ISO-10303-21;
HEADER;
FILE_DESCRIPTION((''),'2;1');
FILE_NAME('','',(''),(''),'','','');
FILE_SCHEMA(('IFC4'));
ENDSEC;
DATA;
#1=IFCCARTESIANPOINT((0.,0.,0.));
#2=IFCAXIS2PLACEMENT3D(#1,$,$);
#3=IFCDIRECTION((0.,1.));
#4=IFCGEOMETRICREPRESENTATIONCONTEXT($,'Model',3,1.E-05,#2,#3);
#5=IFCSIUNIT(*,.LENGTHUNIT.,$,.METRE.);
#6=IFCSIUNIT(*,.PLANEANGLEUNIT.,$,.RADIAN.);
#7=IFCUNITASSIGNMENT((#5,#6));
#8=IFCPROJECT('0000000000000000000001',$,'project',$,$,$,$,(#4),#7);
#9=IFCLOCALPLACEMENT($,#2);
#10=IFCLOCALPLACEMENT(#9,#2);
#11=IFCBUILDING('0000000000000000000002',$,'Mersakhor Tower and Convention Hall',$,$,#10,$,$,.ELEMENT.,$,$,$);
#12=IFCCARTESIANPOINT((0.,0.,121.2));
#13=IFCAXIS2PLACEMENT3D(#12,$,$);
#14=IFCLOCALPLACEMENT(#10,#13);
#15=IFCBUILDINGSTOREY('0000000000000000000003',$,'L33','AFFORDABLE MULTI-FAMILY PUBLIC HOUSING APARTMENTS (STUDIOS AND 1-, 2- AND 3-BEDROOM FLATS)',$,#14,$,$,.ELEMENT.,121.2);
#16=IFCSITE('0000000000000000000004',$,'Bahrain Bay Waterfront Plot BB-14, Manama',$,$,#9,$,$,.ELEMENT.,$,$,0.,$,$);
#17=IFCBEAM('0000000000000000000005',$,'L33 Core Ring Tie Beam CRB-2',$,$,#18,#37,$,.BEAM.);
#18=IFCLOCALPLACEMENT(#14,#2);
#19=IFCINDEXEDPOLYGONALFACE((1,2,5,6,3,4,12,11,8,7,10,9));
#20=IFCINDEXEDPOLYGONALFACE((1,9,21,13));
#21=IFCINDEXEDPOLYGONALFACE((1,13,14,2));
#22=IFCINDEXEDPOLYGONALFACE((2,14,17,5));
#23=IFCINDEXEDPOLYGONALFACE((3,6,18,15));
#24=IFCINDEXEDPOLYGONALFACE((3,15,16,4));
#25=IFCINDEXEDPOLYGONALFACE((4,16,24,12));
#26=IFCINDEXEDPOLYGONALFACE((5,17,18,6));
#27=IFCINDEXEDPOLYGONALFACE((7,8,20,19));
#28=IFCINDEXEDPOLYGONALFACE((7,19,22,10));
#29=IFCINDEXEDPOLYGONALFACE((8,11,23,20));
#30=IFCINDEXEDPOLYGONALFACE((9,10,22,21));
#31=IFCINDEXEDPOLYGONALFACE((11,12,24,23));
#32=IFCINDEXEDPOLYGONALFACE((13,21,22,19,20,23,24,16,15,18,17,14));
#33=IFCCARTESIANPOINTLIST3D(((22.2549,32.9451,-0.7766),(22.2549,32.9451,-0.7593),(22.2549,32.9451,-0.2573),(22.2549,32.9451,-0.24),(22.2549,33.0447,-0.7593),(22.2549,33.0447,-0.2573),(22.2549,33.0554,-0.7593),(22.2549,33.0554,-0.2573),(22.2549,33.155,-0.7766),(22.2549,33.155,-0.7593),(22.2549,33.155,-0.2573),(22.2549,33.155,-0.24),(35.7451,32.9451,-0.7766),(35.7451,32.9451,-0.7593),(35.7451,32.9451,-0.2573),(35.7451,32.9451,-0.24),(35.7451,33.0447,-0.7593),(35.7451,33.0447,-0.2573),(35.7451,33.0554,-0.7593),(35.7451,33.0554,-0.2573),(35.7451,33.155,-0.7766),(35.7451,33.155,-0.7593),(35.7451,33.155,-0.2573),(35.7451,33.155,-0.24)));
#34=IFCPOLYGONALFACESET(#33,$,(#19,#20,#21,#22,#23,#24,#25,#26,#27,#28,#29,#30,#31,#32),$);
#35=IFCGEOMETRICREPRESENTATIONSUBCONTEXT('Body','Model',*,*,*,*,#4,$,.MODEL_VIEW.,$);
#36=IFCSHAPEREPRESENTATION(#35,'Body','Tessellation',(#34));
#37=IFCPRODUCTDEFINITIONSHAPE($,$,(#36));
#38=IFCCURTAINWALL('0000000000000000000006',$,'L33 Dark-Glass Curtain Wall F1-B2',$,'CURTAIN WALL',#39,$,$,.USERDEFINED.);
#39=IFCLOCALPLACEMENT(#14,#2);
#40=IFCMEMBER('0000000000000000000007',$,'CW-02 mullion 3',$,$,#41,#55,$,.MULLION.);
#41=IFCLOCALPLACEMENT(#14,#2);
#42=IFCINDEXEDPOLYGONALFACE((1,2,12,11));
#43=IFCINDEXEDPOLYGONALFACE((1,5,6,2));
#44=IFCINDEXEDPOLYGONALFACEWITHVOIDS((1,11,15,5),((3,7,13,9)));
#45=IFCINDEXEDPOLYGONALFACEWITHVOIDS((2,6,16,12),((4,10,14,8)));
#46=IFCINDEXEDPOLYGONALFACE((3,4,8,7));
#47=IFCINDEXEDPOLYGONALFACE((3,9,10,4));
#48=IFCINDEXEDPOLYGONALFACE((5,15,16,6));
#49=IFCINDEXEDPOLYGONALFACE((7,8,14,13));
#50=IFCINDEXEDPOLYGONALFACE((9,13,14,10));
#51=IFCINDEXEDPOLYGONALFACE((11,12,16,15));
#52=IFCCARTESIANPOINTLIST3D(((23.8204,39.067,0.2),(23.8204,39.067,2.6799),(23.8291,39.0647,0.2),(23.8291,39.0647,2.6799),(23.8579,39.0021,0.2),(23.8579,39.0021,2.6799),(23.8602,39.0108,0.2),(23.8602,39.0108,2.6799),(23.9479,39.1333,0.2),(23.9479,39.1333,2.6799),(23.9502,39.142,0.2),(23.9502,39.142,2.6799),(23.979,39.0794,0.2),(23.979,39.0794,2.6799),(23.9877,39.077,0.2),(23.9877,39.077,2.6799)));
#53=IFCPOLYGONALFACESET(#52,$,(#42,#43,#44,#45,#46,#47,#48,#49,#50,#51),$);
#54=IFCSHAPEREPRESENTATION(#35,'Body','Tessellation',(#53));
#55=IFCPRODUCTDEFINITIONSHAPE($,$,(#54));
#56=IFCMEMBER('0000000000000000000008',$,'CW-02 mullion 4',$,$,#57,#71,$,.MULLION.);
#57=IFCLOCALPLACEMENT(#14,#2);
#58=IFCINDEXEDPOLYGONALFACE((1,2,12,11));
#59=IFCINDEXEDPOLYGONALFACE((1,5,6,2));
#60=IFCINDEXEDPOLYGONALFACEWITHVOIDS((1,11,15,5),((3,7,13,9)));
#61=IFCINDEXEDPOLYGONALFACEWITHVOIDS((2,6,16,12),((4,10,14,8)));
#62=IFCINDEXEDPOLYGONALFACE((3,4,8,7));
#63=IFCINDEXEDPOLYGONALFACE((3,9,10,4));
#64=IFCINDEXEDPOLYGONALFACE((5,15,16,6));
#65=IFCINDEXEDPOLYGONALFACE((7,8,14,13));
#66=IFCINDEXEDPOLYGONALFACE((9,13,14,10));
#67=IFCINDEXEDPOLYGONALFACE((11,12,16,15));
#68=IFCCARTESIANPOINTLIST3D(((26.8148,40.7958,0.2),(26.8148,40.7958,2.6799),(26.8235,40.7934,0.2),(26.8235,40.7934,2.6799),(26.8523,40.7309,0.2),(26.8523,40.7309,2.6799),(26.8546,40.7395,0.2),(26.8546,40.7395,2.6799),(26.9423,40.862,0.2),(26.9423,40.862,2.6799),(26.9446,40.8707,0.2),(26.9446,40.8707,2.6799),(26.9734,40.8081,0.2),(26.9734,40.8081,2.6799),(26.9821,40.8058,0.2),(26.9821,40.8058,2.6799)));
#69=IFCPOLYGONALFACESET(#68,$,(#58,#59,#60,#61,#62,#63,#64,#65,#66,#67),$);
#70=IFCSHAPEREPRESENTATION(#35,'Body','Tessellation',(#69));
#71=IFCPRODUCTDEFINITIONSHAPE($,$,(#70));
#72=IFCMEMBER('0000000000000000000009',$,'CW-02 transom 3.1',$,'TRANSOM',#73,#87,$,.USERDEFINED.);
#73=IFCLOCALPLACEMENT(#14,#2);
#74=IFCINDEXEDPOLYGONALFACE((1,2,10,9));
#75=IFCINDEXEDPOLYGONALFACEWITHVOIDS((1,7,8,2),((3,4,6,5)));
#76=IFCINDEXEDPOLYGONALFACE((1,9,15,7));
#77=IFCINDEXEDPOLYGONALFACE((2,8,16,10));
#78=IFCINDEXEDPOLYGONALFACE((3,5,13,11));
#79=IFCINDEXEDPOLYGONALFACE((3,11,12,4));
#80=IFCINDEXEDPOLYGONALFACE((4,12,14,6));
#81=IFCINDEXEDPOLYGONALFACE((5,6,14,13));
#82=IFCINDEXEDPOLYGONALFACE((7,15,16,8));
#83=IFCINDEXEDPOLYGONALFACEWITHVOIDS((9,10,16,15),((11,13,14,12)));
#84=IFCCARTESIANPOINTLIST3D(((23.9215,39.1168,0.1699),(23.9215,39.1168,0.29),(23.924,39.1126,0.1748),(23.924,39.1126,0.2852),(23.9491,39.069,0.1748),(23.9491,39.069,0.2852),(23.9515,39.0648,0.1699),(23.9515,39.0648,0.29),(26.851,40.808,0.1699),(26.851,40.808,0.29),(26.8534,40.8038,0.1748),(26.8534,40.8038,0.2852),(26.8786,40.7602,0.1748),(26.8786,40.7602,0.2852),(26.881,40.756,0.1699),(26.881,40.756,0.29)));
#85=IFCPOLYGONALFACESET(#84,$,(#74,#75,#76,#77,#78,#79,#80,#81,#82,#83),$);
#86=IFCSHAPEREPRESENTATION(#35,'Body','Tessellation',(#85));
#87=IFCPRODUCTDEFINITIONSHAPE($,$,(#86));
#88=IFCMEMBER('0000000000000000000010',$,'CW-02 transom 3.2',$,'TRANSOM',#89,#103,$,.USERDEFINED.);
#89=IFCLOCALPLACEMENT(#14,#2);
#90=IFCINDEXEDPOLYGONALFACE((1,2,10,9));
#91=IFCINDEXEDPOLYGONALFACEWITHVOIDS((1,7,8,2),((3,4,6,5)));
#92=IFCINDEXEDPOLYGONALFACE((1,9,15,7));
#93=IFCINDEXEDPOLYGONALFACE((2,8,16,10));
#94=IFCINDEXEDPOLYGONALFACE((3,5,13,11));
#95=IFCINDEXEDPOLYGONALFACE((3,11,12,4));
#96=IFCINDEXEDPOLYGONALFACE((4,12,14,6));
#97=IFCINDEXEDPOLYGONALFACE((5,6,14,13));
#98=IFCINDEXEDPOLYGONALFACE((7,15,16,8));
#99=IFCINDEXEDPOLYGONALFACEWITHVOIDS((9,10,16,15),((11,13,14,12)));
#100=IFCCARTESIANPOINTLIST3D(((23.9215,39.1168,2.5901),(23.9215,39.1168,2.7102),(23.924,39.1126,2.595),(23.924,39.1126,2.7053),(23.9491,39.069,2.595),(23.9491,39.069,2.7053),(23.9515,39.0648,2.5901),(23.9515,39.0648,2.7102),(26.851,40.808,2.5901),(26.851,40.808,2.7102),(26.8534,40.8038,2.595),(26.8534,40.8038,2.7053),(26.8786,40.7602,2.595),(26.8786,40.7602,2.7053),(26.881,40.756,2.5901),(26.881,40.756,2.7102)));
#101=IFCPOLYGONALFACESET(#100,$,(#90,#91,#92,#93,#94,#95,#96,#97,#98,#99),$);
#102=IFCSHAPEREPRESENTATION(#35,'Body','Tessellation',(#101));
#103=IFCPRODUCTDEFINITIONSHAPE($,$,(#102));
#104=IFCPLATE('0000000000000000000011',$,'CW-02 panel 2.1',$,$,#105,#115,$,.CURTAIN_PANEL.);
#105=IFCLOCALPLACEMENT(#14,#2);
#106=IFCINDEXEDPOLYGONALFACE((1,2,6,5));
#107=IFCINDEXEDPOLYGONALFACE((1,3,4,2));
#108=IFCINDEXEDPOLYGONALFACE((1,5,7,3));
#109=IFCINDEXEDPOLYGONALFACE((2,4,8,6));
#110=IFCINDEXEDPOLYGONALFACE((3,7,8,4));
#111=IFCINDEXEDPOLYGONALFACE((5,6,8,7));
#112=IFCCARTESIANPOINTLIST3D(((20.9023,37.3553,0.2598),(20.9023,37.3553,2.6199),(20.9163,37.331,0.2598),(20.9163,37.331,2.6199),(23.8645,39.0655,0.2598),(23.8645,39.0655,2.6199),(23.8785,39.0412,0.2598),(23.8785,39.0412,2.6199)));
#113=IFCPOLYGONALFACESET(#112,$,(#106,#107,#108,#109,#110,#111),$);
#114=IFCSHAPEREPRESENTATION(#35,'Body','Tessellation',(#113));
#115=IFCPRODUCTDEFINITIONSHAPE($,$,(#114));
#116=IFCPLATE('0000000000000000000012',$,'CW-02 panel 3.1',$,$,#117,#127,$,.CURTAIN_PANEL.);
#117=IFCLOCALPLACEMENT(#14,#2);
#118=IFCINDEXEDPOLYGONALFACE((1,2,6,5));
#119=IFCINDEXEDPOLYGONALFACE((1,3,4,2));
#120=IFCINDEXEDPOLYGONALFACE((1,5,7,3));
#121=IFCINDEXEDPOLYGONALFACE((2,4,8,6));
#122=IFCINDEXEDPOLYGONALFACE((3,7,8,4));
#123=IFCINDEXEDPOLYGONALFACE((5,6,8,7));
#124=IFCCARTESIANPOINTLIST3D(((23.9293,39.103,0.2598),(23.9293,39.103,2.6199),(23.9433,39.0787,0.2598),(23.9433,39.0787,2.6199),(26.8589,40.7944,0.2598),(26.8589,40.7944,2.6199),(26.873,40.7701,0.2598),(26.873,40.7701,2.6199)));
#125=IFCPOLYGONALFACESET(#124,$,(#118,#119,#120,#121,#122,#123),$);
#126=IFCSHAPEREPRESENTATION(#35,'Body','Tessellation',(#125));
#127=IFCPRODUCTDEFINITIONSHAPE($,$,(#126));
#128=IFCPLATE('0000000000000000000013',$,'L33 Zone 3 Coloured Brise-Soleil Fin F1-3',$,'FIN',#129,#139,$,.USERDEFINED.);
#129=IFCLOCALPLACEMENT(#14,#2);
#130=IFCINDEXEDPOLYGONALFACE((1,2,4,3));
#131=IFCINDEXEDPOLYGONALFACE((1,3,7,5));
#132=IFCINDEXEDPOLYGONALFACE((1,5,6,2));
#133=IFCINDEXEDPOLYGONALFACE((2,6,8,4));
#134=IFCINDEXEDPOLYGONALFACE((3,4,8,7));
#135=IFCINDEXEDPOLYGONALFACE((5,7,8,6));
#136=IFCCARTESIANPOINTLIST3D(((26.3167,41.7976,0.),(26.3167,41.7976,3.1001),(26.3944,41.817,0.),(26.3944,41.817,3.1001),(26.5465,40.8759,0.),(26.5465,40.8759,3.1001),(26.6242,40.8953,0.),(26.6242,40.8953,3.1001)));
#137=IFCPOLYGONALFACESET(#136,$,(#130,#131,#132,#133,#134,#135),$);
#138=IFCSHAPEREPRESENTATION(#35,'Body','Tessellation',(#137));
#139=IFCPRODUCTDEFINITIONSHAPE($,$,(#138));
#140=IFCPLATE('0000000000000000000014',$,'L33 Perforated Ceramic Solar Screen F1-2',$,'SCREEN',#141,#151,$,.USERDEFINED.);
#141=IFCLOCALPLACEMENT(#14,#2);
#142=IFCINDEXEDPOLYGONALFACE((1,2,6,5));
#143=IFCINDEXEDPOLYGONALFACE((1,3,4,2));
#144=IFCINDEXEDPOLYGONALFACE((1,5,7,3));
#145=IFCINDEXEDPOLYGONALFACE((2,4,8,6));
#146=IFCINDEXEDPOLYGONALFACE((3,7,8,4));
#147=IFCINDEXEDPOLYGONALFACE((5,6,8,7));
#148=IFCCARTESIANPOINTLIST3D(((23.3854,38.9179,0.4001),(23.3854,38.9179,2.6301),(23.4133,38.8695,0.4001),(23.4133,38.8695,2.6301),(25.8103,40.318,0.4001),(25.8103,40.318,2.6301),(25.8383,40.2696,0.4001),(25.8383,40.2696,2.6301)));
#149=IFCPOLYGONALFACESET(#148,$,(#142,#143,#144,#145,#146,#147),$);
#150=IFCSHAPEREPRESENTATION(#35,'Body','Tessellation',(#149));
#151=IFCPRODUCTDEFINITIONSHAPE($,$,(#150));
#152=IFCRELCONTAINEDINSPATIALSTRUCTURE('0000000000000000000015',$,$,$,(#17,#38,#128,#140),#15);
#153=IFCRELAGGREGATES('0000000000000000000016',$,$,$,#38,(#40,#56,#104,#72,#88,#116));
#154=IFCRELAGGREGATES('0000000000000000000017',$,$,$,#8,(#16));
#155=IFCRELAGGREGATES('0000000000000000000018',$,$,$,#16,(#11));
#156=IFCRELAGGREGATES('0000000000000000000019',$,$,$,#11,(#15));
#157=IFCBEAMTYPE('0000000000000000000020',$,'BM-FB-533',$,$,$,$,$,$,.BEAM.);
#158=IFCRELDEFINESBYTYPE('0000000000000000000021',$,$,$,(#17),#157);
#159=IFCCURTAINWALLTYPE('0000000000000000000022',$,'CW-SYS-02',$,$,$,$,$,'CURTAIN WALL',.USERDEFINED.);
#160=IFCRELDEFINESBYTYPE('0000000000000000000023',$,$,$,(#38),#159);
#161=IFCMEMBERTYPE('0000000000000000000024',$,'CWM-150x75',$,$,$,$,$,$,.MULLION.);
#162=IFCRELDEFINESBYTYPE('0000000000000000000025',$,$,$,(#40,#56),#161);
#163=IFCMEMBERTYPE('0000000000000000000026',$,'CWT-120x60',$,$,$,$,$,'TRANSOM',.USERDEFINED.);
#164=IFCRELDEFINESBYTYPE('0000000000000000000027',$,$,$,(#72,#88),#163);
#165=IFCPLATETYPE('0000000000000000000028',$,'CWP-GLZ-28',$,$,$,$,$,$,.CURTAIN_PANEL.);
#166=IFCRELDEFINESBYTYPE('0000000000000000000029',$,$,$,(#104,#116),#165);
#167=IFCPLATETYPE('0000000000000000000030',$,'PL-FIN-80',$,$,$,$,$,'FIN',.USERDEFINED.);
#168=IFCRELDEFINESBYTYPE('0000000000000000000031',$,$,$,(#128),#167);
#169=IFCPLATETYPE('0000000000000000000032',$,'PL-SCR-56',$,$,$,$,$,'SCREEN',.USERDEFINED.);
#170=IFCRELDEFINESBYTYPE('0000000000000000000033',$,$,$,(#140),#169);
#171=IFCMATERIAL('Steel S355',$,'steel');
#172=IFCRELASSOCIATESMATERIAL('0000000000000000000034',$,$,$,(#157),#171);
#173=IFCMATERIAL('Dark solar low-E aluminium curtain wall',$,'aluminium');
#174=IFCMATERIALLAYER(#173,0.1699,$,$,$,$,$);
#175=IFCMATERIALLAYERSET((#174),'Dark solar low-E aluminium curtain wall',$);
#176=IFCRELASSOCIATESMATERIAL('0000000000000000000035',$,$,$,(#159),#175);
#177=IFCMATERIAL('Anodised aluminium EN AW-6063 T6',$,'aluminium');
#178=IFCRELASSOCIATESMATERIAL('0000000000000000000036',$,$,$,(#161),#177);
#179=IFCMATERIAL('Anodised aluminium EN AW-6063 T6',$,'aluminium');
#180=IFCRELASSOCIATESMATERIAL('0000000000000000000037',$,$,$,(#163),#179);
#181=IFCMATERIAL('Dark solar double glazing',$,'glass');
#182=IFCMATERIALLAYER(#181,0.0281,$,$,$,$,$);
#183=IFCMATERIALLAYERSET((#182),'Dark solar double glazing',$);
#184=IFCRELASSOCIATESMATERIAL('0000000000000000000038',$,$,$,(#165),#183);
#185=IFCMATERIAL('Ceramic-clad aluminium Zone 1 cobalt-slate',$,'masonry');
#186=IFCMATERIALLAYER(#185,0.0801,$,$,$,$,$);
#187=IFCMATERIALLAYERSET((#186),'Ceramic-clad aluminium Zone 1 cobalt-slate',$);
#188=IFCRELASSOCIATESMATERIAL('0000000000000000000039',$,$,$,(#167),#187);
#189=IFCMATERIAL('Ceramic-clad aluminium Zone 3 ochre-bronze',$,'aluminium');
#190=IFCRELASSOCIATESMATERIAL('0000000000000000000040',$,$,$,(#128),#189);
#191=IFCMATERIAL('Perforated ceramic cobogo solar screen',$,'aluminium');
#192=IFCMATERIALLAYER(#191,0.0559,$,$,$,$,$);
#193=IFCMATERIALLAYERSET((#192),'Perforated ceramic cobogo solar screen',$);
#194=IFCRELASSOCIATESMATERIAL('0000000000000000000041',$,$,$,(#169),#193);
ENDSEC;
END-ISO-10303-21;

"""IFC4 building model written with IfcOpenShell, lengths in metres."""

from ifc_helpers import new_model, si_unit, direction, frame, origin, origin_2d, place, context, subcontext, project, spatial, rectangle, hollow_rectangle, i_section, extrude, material, layer, layer_set, material_profile, profile_set, type_object, element, aggregate, save


model = new_model("IFC4")

# Units and contexts
model_context = context("Model", 3, precision=1e-05, world=origin(), true_north=direction((0.0, 1.0)))
body_context = subcontext(model_context, "Body", "Model", "MODEL_VIEW")
ifc_project = project(units=[si_unit("LENGTHUNIT", "METRE"), si_unit("PLANEANGLEUNIT", "RADIAN")], contexts=[model_context])

# Site, building, storey
site_placement = place(None, origin())
site = spatial("IfcSite", under=ifc_project, at=site_placement, Name="Bahrain Bay Waterfront Plot BB-14, Manama", CompositionType="ELEMENT", RefElevation=0.0)
building_placement = place(site_placement, origin())
building = spatial("IfcBuilding", under=site, at=building_placement, Name="Mersakhor Tower and Convention Hall", CompositionType="ELEMENT")
storey_placement = place(building_placement, frame((0.0, 0.0, 121.2)))
storey = spatial("IfcBuildingStorey", under=building, at=storey_placement, Name="L33", Description="AFFORDABLE MULTI-FAMILY PUBLIC HOUSING APARTMENTS (STUDIOS AND 1-, 2- AND 3-BEDROOM FLATS)", CompositionType="ELEMENT", Elevation=121.2)

# Beam
ifc_material_1 = material(Name="Steel S355", Category="steel")
ifc_material_profile_1 = material_profile(ifc_material_1, i_section(OverallWidth=0.21, OverallDepth=0.5366, WebThickness=0.0107, FlangeThickness=0.0173, at=origin_2d()), Name="UB 533x210x101")
ifc_profile_set_1 = profile_set([ifc_material_profile_1], Name="Steel S355")
beam_type = type_object("IfcBeamType", Name="BM-FB-533", PredefinedType="BEAM", material=ifc_profile_set_1)
beam_placement = place(storey_placement, frame((22.2549, 33.05, -0.5083), z_axis=(1.0, 0.0, 0.0), x_axis=(0.0, 1.0, 0.0)))
element("IfcBeam", 1, at=beam_placement, inside=storey, type_object=beam_type, Name="L33 Core Ring Tie Beam CRB-2", PredefinedType="BEAM", context=body_context, shape_type="SweptSolid", body=[
    extrude(i_section(OverallWidth=0.21, OverallDepth=0.5366, WebThickness=0.0107, FlangeThickness=0.0173, at=origin_2d()), origin(), (0.0, 0.0, 1.0), 13.4902),
])

# Curtain wall, members, plates
ifc_material_2 = material(Name="Dark solar low-E aluminium curtain wall", Category="aluminium")
ifc_layer_1 = layer(ifc_material_2, 0.1699)
ifc_layer_set_1 = layer_set([ifc_layer_1], Name="Dark solar low-E aluminium curtain wall")
curtain_wall_type = type_object("IfcCurtainWallType", Name="CW-SYS-02", ElementType="CURTAIN WALL", PredefinedType="USERDEFINED", material=ifc_layer_set_1)
curtain_wall_placement = place(storey_placement, origin())
curtain_wall = element("IfcCurtainWall", 2, at=curtain_wall_placement, inside=storey, type_object=curtain_wall_type, Name="L33 Dark-Glass Curtain Wall F1-B2", ObjectType="CURTAIN WALL", PredefinedType="USERDEFINED")
ifc_material_3 = material(Name="Anodised aluminium EN AW-6063 T6", Category="aluminium")
ifc_material_profile_2 = material_profile(ifc_material_3, hollow_rectangle(XDim=0.075, YDim=0.1499, WallThickness=0.0063, at=origin_2d()), Name="RHS 150x75x6.3")
ifc_profile_set_2 = profile_set([ifc_material_profile_2], Name="Anodised aluminium EN AW-6063 T6")
member_type_1 = type_object("IfcMemberType", Name="CWM-150x75", PredefinedType="MULLION", material=ifc_profile_set_2)
member_1_placement = place(storey_placement, frame((23.9041, 39.072, 0.2), z_axis=(0.0, 0.0, 1.0), x_axis=(-0.49999, 0.866031, 0.0)))
member_1 = element("IfcMember", 3, at=member_1_placement, type_object=member_type_1, Name="CW-02 mullion 3", PredefinedType="MULLION", context=body_context, shape_type="SweptSolid", body=[
    extrude(hollow_rectangle(XDim=0.075, YDim=0.1499, WallThickness=0.0063, at=origin_2d()), origin(), (0.0, 0.0, 1.0), 2.48),
])
member_2_placement = place(storey_placement, frame((26.8984, 40.8008, 0.2), z_axis=(0.0, 0.0, 1.0), x_axis=(-0.49999, 0.866031, 0.0)))
member_2 = element("IfcMember", 4, at=member_2_placement, type_object=member_type_1, Name="CW-02 mullion 4", PredefinedType="MULLION", context=body_context, shape_type="SweptSolid", body=[
    extrude(hollow_rectangle(XDim=0.075, YDim=0.1499, WallThickness=0.0063, at=origin_2d()), origin(), (0.0, 0.0, 1.0), 2.48),
])
ifc_material_4 = material(Name="Anodised aluminium EN AW-6063 T6", Category="aluminium")
ifc_material_profile_3 = material_profile(ifc_material_4, hollow_rectangle(XDim=0.0601, YDim=0.1201, WallThickness=0.0049, at=origin_2d()), Name="RHS 120x60x5")
ifc_profile_set_3 = profile_set([ifc_material_profile_3], Name="Anodised aluminium EN AW-6063 T6")
member_type_2 = type_object("IfcMemberType", Name="CWT-120x60", ElementType="TRANSOM", PredefinedType="USERDEFINED", material=ifc_profile_set_3)
member_3_placement = place(storey_placement, frame((23.9365, 39.0908, 0.23), z_axis=(0.866045, 0.499966, 0.0), x_axis=(-0.499966, 0.866045, 0.0)))
member_3 = element("IfcMember", 5, at=member_3_placement, type_object=member_type_2, Name="CW-02 transom 3.1", ObjectType="TRANSOM", PredefinedType="USERDEFINED", context=body_context, shape_type="SweptSolid", body=[
    extrude(hollow_rectangle(XDim=0.0601, YDim=0.1201, WallThickness=0.0049, at=origin_2d()), origin(), (0.0, 0.0, 1.0), 3.3826),
])
member_4_placement = place(storey_placement, frame((23.9365, 39.0908, 2.6501), z_axis=(0.866045, 0.499966, 0.0), x_axis=(-0.499966, 0.866045, 0.0)))
member_4 = element("IfcMember", 6, at=member_4_placement, type_object=member_type_2, Name="CW-02 transom 3.2", ObjectType="TRANSOM", PredefinedType="USERDEFINED", context=body_context, shape_type="SweptSolid", body=[
    extrude(hollow_rectangle(XDim=0.0601, YDim=0.1201, WallThickness=0.0049, at=origin_2d()), origin(), (0.0, 0.0, 1.0), 3.3826),
])
ifc_material_5 = material(Name="Dark solar double glazing", Category="glass")
ifc_layer_2 = layer(ifc_material_5, 0.0281)
ifc_layer_set_2 = layer_set([ifc_layer_2], Name="Dark solar double glazing")
plate_type_1 = type_object("IfcPlateType", Name="CWP-GLZ-28", PredefinedType="CURTAIN_PANEL", material=ifc_layer_set_2)
plate_1_placement = place(storey_placement, frame((22.3904, 38.1982, 0.2598), z_axis=(0.0, 0.0, 1.0), x_axis=(0.866031, 0.49999, 0.0)))
plate_1 = element("IfcPlate", 7, at=plate_1_placement, type_object=plate_type_1, Name="CW-02 panel 2.1", PredefinedType="CURTAIN_PANEL", context=body_context, shape_type="SweptSolid", body=[
    extrude(rectangle(XDim=3.4204, YDim=0.0281, at=origin_2d()), origin(), (0.0, 0.0, 1.0), 2.3601),
])
plate_2_placement = place(storey_placement, frame((25.4011, 39.9365, 0.2598), z_axis=(0.0, 0.0, 1.0), x_axis=(0.866031, 0.49999, 0.0)))
plate_2 = element("IfcPlate", 8, at=plate_2_placement, type_object=plate_type_1, Name="CW-02 panel 3.1", PredefinedType="CURTAIN_PANEL", context=body_context, shape_type="SweptSolid", body=[
    extrude(rectangle(XDim=3.3828, YDim=0.0281, at=origin_2d()), origin(), (0.0, 0.0, 1.0), 2.3601),
])
aggregate(curtain_wall, [member_1, member_2, plate_1, member_3, member_4, plate_2])

# Plates
ifc_material_6 = material(Name="Ceramic-clad aluminium Zone 3 ochre-bronze", Category="aluminium")
ifc_material_7 = material(Name="Ceramic-clad aluminium Zone 1 cobalt-slate", Category="masonry")
ifc_layer_3 = layer(ifc_material_7, 0.0801)
ifc_layer_set_3 = layer_set([ifc_layer_3], Name="Ceramic-clad aluminium Zone 1 cobalt-slate")
plate_type_2 = type_object("IfcPlateType", Name="PL-FIN-80", ElementType="FIN", PredefinedType="USERDEFINED", material=ifc_layer_set_3)
plate_3_placement = place(storey_placement, frame((26.4705, 41.3464, 0.0), z_axis=(0.0, 0.0, 1.0), x_axis=(-0.241922, 0.970296, 0.0)))
element("IfcPlate", 9, at=plate_3_placement, inside=storey, type_object=plate_type_2, material=ifc_material_6, Name="L33 Zone 3 Coloured Brise-Soleil Fin F1-3", ObjectType="FIN", PredefinedType="USERDEFINED", context=body_context, shape_type="SweptSolid", body=[
    extrude(rectangle(XDim=0.95, YDim=0.0801, at=origin_2d()), origin(), (0.0, 0.0, 1.0), 3.1001),
])
ifc_material_8 = material(Name="Perforated ceramic cobogo solar screen", Category="aluminium")
ifc_layer_4 = layer(ifc_material_8, 0.0559)
ifc_layer_set_4 = layer_set([ifc_layer_4], Name="Perforated ceramic cobogo solar screen")
plate_type_3 = type_object("IfcPlateType", Name="PL-SCR-56", ElementType="SCREEN", PredefinedType="USERDEFINED", material=ifc_layer_set_4)
plate_4_placement = place(storey_placement, frame((24.6118, 39.5938, 0.4001), z_axis=(0.0, 0.0, 1.0), x_axis=(0.866025, 0.5, 0.0)))
element("IfcPlate", 10, at=plate_4_placement, inside=storey, type_object=plate_type_3, Name="L33 Perforated Ceramic Solar Screen F1-2", ObjectType="SCREEN", PredefinedType="USERDEFINED", context=body_context, shape_type="SweptSolid", body=[
    extrude(rectangle(XDim=2.8, YDim=0.0559, at=origin_2d()), origin(), (0.0, 0.0, 1.0), 2.23),
])

save(model, "model.ifc")
